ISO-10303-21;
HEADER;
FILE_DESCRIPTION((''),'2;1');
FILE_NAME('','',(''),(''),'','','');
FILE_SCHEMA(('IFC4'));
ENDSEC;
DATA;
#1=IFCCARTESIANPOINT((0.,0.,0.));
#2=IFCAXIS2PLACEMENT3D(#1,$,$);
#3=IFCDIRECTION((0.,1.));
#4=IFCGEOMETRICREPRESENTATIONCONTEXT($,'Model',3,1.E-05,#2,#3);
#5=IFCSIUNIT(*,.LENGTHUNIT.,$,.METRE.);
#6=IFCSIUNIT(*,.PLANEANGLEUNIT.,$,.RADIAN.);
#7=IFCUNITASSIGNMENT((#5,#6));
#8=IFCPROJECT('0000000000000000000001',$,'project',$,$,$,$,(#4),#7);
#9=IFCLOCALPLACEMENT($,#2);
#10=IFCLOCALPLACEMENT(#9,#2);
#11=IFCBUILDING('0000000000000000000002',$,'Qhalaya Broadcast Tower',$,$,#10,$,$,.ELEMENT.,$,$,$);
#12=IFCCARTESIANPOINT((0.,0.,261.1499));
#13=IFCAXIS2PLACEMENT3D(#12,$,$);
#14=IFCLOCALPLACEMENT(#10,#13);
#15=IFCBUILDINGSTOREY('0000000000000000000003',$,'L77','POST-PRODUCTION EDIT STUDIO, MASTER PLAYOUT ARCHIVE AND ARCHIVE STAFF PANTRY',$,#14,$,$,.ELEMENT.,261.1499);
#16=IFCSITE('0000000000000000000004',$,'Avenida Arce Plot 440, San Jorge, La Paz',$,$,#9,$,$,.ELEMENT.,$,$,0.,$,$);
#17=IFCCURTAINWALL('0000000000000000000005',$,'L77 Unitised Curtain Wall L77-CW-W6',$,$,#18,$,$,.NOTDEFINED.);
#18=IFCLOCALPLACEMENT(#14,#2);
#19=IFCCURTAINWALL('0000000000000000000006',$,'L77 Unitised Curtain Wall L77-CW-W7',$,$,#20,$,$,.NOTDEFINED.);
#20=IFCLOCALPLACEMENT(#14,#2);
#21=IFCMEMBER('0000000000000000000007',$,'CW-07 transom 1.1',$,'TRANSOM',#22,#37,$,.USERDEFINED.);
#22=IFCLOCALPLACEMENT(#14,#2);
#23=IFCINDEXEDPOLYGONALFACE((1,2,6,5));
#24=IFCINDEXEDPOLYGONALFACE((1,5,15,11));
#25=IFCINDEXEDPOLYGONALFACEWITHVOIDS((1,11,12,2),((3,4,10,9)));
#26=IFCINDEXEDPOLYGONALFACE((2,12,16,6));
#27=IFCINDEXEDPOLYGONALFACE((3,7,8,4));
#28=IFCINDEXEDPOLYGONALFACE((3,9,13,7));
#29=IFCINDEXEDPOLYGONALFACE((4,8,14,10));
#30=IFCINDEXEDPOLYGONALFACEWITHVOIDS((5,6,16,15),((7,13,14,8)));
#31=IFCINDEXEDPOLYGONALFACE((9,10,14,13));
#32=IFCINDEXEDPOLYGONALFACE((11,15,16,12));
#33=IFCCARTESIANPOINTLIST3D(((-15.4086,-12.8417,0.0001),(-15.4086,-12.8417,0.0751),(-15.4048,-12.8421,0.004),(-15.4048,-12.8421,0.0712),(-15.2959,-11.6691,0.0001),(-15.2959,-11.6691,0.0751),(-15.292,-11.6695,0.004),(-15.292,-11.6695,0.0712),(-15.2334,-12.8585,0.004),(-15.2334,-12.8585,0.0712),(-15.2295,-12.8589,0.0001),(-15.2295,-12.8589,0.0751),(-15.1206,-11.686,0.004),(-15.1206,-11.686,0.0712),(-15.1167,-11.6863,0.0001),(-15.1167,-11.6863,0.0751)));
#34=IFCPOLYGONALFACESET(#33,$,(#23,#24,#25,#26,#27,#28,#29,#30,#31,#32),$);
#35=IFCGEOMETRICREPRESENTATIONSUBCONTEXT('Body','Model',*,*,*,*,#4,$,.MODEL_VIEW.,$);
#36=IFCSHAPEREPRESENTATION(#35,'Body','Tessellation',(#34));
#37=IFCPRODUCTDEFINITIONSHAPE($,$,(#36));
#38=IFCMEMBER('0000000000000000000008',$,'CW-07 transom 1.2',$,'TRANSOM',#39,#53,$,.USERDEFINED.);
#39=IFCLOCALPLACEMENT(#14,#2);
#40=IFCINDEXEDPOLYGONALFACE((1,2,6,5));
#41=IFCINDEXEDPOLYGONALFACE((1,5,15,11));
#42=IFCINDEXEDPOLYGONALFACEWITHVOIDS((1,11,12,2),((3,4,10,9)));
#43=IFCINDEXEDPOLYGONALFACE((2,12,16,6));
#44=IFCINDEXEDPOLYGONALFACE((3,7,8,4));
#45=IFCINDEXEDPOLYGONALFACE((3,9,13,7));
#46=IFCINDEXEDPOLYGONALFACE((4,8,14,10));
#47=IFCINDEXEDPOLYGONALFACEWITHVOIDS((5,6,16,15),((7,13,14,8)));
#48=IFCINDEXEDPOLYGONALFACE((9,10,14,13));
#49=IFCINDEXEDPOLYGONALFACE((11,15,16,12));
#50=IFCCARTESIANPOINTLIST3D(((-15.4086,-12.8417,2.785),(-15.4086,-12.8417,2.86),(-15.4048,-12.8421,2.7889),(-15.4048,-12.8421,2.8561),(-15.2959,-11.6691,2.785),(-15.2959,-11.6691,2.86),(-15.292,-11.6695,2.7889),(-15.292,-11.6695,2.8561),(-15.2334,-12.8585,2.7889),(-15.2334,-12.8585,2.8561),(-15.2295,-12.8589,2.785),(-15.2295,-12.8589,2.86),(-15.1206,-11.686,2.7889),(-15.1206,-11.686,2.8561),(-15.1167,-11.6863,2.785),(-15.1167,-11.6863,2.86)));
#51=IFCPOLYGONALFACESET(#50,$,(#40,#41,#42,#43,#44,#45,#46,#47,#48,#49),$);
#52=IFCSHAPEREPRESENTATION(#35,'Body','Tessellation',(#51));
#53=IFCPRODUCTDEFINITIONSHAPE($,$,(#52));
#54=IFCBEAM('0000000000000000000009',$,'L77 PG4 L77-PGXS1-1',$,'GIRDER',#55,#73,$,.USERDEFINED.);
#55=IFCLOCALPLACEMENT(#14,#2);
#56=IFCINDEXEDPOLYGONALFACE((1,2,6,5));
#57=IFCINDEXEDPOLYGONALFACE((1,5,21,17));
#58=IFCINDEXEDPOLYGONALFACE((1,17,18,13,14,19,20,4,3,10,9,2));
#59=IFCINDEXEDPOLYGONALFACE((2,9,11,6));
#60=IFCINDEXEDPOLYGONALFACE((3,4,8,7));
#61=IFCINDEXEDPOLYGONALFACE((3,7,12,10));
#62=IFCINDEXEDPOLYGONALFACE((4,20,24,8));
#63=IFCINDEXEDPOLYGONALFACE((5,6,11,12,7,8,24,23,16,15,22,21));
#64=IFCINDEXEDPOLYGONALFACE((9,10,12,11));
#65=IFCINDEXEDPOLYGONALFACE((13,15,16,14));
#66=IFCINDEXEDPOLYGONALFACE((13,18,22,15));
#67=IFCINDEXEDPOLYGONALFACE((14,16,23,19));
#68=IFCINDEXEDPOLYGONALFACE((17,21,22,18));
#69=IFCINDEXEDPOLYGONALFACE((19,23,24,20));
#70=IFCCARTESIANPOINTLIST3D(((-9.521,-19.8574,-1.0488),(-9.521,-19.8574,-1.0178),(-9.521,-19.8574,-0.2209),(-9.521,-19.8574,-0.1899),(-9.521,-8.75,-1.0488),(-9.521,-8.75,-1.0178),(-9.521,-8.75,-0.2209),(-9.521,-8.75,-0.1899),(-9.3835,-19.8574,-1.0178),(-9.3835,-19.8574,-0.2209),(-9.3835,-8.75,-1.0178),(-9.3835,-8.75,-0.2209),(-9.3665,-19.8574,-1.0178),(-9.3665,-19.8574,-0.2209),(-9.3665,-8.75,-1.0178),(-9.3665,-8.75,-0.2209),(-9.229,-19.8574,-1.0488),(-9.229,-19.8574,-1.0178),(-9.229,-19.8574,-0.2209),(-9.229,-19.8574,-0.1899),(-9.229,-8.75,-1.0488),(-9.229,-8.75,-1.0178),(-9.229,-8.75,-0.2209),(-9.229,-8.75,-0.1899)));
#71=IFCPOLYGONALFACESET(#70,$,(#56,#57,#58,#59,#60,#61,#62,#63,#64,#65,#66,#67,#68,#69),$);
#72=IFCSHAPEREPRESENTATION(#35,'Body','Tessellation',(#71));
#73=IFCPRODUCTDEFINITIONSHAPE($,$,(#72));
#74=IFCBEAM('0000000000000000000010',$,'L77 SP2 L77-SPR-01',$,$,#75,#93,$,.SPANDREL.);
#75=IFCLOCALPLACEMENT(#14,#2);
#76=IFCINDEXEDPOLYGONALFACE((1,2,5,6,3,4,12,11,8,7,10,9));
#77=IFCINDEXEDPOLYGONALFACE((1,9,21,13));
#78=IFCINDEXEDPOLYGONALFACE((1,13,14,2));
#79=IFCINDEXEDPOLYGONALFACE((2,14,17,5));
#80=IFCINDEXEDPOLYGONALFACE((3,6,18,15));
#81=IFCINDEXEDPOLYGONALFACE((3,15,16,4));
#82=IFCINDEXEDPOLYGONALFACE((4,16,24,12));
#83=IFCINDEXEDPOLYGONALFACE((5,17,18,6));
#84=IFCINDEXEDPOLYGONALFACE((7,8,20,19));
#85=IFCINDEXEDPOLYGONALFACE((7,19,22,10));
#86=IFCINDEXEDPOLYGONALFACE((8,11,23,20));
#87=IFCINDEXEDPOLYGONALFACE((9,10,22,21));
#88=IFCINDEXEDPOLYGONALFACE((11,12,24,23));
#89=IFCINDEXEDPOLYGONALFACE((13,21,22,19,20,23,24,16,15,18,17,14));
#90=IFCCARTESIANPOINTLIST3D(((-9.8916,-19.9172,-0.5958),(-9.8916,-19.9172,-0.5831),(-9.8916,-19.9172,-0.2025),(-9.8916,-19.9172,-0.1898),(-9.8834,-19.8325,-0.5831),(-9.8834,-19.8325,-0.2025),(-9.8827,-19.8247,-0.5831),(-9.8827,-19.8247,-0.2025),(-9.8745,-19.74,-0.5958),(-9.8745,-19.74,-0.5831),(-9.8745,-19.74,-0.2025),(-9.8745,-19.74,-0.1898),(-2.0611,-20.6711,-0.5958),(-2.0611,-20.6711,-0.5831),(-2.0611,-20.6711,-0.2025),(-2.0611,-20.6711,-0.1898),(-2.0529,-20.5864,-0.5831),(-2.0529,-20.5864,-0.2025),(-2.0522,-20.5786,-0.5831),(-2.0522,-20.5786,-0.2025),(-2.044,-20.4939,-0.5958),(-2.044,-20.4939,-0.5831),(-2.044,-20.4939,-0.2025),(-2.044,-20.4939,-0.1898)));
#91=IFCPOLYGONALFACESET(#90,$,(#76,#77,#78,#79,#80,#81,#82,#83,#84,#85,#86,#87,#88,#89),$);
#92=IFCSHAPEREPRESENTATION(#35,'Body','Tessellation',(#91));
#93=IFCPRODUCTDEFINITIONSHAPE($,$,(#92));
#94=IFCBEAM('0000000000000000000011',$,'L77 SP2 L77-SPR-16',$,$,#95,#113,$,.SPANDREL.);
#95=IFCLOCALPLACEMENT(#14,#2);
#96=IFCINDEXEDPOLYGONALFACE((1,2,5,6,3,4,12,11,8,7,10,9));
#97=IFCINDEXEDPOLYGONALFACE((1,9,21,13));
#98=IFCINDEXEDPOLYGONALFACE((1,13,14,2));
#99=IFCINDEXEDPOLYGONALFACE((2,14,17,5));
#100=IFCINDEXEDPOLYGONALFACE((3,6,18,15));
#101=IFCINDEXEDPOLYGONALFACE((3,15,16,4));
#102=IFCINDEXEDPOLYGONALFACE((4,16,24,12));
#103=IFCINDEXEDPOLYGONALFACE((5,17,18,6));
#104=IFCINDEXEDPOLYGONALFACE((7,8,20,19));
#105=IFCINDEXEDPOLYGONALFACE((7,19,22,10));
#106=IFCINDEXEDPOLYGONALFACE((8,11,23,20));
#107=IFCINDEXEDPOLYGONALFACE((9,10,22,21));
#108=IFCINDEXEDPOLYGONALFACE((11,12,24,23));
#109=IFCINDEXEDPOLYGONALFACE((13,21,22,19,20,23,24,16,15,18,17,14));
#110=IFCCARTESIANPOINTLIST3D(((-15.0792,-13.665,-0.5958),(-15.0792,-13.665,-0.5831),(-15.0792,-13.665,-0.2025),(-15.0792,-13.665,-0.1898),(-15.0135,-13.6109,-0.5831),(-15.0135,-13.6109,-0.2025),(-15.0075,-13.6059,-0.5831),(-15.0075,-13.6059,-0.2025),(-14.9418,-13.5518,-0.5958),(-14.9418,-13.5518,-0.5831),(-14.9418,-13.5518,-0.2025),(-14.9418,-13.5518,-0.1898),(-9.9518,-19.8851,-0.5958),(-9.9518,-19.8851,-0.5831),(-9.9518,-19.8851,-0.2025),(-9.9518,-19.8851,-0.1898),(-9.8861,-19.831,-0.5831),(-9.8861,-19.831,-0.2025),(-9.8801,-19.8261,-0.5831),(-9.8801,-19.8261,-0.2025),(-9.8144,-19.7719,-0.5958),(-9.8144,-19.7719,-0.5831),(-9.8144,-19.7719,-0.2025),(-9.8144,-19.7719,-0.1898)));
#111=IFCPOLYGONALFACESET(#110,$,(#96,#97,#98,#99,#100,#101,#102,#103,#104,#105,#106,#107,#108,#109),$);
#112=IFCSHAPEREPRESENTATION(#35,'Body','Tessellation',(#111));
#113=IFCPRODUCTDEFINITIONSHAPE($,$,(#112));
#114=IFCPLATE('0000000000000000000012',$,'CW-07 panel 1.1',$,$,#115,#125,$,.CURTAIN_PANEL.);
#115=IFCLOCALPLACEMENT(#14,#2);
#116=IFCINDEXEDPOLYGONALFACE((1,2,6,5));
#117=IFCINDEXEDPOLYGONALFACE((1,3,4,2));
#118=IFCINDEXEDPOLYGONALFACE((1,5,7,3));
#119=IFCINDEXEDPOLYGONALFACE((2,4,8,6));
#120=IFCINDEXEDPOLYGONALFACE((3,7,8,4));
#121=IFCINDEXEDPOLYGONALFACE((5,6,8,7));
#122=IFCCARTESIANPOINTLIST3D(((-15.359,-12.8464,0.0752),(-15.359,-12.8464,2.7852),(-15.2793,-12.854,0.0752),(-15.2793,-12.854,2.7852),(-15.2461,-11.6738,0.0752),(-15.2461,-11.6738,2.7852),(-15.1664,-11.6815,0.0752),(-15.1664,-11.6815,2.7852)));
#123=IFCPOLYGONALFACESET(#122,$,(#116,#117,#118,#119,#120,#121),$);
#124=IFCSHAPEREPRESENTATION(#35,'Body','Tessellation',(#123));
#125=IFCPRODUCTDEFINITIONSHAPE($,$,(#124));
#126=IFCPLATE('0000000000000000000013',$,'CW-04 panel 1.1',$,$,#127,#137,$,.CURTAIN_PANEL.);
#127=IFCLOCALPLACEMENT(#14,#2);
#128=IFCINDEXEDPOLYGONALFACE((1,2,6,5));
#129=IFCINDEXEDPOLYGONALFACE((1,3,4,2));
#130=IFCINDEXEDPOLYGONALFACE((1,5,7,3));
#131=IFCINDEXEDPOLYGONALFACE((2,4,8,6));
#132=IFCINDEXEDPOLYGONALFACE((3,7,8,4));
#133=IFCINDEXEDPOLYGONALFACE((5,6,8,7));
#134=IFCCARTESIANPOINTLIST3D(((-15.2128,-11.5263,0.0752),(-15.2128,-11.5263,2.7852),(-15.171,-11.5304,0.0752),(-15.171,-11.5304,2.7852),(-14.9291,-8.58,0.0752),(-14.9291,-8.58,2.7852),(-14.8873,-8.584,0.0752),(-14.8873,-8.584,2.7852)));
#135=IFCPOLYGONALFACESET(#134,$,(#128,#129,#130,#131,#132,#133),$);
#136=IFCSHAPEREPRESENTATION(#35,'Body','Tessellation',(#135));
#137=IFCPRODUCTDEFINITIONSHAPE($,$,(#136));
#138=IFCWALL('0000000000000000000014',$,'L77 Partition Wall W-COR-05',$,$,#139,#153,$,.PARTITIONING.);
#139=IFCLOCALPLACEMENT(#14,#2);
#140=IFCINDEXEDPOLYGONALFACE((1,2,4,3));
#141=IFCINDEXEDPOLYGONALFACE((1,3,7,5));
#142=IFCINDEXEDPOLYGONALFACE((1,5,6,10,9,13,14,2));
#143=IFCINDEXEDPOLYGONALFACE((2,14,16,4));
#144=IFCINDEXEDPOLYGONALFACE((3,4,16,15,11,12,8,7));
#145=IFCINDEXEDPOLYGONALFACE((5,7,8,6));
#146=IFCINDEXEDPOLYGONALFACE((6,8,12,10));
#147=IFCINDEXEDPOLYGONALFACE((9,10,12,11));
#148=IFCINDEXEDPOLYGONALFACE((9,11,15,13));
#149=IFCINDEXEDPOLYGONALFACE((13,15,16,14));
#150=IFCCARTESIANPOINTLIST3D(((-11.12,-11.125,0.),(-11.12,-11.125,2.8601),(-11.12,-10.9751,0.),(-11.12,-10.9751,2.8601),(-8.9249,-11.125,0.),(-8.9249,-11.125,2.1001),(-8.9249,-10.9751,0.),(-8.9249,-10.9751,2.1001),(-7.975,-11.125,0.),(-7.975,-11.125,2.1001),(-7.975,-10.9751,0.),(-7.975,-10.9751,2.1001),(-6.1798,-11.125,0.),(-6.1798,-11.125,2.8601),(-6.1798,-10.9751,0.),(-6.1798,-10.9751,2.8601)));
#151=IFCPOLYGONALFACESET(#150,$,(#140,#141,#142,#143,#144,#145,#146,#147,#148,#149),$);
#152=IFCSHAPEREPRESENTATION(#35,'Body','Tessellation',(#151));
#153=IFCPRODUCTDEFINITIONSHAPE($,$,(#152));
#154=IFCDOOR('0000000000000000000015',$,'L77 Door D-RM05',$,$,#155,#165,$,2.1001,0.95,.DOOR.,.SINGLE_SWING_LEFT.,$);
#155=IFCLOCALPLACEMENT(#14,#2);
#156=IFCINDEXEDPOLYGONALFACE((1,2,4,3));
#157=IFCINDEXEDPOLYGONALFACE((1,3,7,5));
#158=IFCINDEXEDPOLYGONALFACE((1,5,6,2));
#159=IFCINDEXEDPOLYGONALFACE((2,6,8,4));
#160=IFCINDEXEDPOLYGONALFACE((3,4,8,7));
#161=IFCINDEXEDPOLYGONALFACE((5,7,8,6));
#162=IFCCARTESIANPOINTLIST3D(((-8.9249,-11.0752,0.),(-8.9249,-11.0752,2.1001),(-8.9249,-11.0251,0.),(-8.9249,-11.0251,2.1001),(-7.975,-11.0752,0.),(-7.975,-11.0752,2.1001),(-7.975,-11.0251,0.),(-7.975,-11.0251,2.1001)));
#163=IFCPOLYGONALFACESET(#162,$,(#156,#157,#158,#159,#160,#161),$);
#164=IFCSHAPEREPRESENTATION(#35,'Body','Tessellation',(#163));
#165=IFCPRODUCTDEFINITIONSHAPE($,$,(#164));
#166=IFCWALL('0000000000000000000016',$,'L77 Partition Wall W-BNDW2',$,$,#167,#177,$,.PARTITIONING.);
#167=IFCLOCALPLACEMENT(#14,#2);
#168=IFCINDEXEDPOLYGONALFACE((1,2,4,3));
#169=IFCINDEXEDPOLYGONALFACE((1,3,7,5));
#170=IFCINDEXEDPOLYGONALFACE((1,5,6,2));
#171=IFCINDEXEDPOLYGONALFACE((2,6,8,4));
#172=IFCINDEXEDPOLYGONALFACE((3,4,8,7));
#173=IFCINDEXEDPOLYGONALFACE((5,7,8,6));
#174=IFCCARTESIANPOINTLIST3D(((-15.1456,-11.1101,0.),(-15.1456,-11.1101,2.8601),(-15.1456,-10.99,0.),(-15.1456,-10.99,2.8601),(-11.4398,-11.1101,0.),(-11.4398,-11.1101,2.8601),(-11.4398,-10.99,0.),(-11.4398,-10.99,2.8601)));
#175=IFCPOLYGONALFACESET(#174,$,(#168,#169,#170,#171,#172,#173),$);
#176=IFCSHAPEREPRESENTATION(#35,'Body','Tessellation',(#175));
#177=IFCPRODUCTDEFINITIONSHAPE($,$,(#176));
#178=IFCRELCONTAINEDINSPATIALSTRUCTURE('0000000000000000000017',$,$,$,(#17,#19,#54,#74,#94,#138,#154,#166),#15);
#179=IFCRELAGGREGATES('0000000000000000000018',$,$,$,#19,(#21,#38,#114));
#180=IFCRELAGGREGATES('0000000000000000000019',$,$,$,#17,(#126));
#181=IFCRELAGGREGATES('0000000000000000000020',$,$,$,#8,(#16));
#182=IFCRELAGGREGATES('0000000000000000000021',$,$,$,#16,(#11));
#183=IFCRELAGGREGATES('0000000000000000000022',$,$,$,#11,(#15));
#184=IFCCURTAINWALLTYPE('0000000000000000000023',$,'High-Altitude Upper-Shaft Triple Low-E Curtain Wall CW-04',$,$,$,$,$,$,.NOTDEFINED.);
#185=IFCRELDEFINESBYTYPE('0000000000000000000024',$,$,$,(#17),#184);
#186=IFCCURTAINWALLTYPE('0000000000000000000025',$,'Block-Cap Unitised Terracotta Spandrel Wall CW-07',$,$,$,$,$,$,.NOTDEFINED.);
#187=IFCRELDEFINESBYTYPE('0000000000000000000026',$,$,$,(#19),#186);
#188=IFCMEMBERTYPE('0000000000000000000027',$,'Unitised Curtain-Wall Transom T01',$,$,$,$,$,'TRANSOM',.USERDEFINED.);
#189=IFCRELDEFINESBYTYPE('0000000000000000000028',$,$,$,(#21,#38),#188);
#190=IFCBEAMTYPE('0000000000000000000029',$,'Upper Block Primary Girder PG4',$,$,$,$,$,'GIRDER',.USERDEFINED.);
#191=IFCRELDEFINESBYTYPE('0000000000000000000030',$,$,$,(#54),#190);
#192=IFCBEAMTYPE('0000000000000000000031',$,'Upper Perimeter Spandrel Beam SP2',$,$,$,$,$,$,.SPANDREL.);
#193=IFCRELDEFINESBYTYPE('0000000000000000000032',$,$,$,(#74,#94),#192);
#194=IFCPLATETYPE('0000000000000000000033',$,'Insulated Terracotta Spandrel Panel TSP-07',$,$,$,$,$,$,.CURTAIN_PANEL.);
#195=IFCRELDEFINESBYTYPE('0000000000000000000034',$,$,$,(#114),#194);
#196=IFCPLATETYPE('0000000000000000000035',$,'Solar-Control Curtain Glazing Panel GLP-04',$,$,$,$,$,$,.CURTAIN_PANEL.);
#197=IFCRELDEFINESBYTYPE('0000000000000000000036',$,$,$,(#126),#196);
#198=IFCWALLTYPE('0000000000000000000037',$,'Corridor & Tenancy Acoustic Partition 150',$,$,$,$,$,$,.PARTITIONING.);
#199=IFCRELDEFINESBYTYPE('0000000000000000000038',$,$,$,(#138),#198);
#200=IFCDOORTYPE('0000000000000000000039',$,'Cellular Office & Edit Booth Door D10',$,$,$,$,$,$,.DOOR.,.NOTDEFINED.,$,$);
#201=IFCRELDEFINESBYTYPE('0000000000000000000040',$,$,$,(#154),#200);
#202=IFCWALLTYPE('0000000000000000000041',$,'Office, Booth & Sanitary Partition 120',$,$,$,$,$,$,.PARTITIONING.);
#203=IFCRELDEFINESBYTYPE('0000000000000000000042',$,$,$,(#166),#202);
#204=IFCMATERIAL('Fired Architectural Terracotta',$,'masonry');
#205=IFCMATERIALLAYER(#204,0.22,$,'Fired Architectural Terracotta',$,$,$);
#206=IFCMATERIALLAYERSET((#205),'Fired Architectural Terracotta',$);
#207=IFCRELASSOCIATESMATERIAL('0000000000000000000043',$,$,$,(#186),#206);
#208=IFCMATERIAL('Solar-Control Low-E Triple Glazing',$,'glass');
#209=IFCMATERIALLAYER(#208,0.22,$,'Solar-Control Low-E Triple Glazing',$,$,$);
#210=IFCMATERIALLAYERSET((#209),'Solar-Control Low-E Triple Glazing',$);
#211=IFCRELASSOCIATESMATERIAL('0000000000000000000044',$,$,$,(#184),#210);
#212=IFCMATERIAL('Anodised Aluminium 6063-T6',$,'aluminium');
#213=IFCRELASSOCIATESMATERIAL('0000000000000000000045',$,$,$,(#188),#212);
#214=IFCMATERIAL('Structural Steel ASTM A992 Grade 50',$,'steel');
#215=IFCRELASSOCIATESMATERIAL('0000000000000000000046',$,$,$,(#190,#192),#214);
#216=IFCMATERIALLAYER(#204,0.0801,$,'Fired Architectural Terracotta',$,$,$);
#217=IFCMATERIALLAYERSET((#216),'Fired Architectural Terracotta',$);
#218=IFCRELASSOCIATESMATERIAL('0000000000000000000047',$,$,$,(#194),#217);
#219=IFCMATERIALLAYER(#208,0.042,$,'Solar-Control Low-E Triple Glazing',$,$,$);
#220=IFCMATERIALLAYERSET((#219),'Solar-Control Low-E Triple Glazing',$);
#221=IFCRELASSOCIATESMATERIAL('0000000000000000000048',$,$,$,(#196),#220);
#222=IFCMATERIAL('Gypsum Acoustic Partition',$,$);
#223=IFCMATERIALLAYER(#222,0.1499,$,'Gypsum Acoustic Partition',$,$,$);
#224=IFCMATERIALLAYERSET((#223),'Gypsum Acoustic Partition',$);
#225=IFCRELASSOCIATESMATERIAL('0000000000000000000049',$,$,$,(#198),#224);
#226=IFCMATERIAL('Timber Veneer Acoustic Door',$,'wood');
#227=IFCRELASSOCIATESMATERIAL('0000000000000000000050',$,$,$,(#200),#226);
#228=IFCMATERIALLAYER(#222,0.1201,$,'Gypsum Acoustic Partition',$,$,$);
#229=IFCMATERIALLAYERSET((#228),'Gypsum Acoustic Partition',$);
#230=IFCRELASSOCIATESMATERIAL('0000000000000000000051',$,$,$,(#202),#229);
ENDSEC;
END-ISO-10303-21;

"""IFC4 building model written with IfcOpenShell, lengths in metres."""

from ifc_helpers import new_model, si_unit, direction, frame, frame_2d, origin, origin_2d, place, context, subcontext, project, spatial, rectangle, hollow_rectangle, i_section, extrude, material, layer, layer_set, material_profile, profile_set, type_object, element, fill, aggregate, save


model = new_model("IFC4")

# Units and contexts
model_context = context("Model", 3, precision=1e-05, world=origin(), true_north=direction((0.0, 1.0)))
body_context = subcontext(model_context, "Body", "Model", "MODEL_VIEW")
ifc_project = project(units=[si_unit("LENGTHUNIT", "METRE"), si_unit("PLANEANGLEUNIT", "RADIAN")], contexts=[model_context])

# Site, building, storey
site_placement = place(None, origin())
site = spatial("IfcSite", under=ifc_project, at=site_placement, Name="Avenida Arce Plot 440, San Jorge, La Paz", CompositionType="ELEMENT", RefElevation=0.0)
building_placement = place(site_placement, origin())
building = spatial("IfcBuilding", under=site, at=building_placement, Name="Qhalaya Broadcast Tower", CompositionType="ELEMENT")
storey_placement = place(building_placement, frame((0.0, 0.0, 261.1499)))
storey = spatial("IfcBuildingStorey", under=building, at=storey_placement, Name="L77", Description="POST-PRODUCTION EDIT STUDIO, MASTER PLAYOUT ARCHIVE AND ARCHIVE STAFF PANTRY", CompositionType="ELEMENT", Elevation=261.1499)

# Shared definitions
ifc_material_1 = material(Name="Structural Steel ASTM A992 Grade 50", Category="steel")

# Curtain wall
ifc_material_2 = material(Name="Fired Architectural Terracotta", Category="masonry")
ifc_layer_1 = layer(ifc_material_2, 0.22, Name="Fired Architectural Terracotta")
ifc_layer_set_1 = layer_set([ifc_layer_1], Name="Fired Architectural Terracotta")
curtain_wall_type_1 = type_object("IfcCurtainWallType", Name="Block-Cap Unitised Terracotta Spandrel Wall CW-07", PredefinedType="NOTDEFINED", material=ifc_layer_set_1)
ifc_material_3 = material(Name="Anodised Aluminium 6063-T6", Category="aluminium")
ifc_material_4 = material(Name="Solar-Control Low-E Triple Glazing", Category="glass")
ifc_layer_2 = layer(ifc_material_4, 0.22, Name="Solar-Control Low-E Triple Glazing")
ifc_layer_set_2 = layer_set([ifc_layer_2], Name="Solar-Control Low-E Triple Glazing")
curtain_wall_type_2 = type_object("IfcCurtainWallType", Name="High-Altitude Upper-Shaft Triple Low-E Curtain Wall CW-04", PredefinedType="NOTDEFINED", material=ifc_layer_set_2)
curtain_wall_1_placement = place(storey_placement, origin())
curtain_wall_1 = element("IfcCurtainWall", 1, at=curtain_wall_1_placement, inside=storey, type_object=curtain_wall_type_2, Name="L77 Unitised Curtain Wall L77-CW-W6", PredefinedType="NOTDEFINED")

# Curtain wall
curtain_wall_2_placement = place(storey_placement, origin())
curtain_wall_2 = element("IfcCurtainWall", 2, at=curtain_wall_2_placement, inside=storey, type_object=curtain_wall_type_1, Name="L77 Unitised Curtain Wall L77-CW-W7", PredefinedType="NOTDEFINED")

# Members
ifc_material_profile_1 = material_profile(ifc_material_3, hollow_rectangle(XDim=0.075, YDim=0.1799, WallThickness=0.0039, at=origin_2d()), Name="ALU-TRN 75x180x4")
ifc_profile_set_1 = profile_set([ifc_material_profile_1], Name="Anodised Aluminium 6063-T6")
member_type_1 = type_object("IfcMemberType", Name="Unitised Curtain-Wall Transom T01", ElementType="TRANSOM", PredefinedType="USERDEFINED", material=ifc_profile_set_1)
member_1_placement = place(storey_placement, frame((-15.2063, -11.6777, 0.0376), z_axis=(-0.095748, -0.995406, 0.0), x_axis=(0.0, 0.0, 1.0)))
member_1 = element("IfcMember", 3, at=member_1_placement, type_object=member_type_1, Name="CW-07 transom 1.1", ObjectType="TRANSOM", PredefinedType="USERDEFINED", context=body_context, shape_type="SweptSolid", body=[
    extrude(hollow_rectangle(XDim=0.075, YDim=0.1799, WallThickness=0.0039, at=origin_2d()), origin(), (0.0, 0.0, 1.0), 1.178),
])
member_2_placement = place(storey_placement, frame((-15.2063, -11.6777, 2.8225), z_axis=(-0.095748, -0.995406, 0.0), x_axis=(0.0, 0.0, 1.0)))
member_2 = element("IfcMember", 4, at=member_2_placement, type_object=member_type_1, Name="CW-07 transom 1.2", ObjectType="TRANSOM", PredefinedType="USERDEFINED", context=body_context, shape_type="SweptSolid", body=[
    extrude(hollow_rectangle(XDim=0.075, YDim=0.1799, WallThickness=0.0039, at=origin_2d()), origin(), (0.0, 0.0, 1.0), 1.178),
])

# Beams
ifc_material_profile_2 = material_profile(ifc_material_1, i_section(OverallWidth=0.292, OverallDepth=0.8589, WebThickness=0.0171, FlangeThickness=0.031, at=origin_2d()), Name="W33X169")
ifc_profile_set_2 = profile_set([ifc_material_profile_2], Name="Structural Steel ASTM A992 Grade 50")
beam_type_1 = type_object("IfcBeamType", Name="Upper Block Primary Girder PG4", ElementType="GIRDER", PredefinedType="USERDEFINED", material=ifc_profile_set_2)
beam_1_placement = place(storey_placement, frame((-9.375, -19.8574, -0.6194), z_axis=(0.0, 1.0, 0.0), x_axis=(-1.0, 0.0, 0.0)))
element("IfcBeam", 5, at=beam_1_placement, inside=storey, type_object=beam_type_1, Name="L77 PG4 L77-PGXS1-1", ObjectType="GIRDER", PredefinedType="USERDEFINED", context=body_context, shape_type="SweptSolid", body=[
    extrude(i_section(OverallWidth=0.292, OverallDepth=0.8589, WebThickness=0.0171, FlangeThickness=0.031, at=origin_2d()), origin(), (0.0, 0.0, 1.0), 11.1074),
])
ifc_material_profile_3 = material_profile(ifc_material_1, i_section(OverallWidth=0.178, OverallDepth=0.406, WebThickness=0.0078, FlangeThickness=0.0127, at=origin_2d()), Name="W16X40")
ifc_profile_set_3 = profile_set([ifc_material_profile_3], Name="Structural Steel ASTM A992 Grade 50")
beam_type_2 = type_object("IfcBeamType", Name="Upper Perimeter Spandrel Beam SP2", PredefinedType="SPANDREL", material=ifc_profile_set_3)
beam_2_placement = place(storey_placement, frame((-9.8831, -19.8286, -0.3928), z_axis=(0.995397, -0.095834, 0.0), x_axis=(0.095834, 0.995397, 0.0)))
element("IfcBeam", 6, at=beam_2_placement, inside=storey, type_object=beam_type_2, Name="L77 SP2 L77-SPR-01", PredefinedType="SPANDREL", context=body_context, shape_type="SweptSolid", body=[
    extrude(i_section(OverallWidth=0.178, OverallDepth=0.406, WebThickness=0.0078, FlangeThickness=0.0127, at=origin_2d()), origin(), (0.0, 0.0, 1.0), 7.8667),
])
beam_3_placement = place(storey_placement, frame((-15.0105, -13.6084, -0.3928), z_axis=(0.63607, -0.771631, 0.0), x_axis=(0.771631, 0.63607, 0.0)))
element("IfcBeam", 7, at=beam_3_placement, inside=storey, type_object=beam_type_2, Name="L77 SP2 L77-SPR-16", PredefinedType="SPANDREL", context=body_context, shape_type="SweptSolid", body=[
    extrude(i_section(OverallWidth=0.178, OverallDepth=0.406, WebThickness=0.0078, FlangeThickness=0.0127, at=origin_2d()), origin(), (0.0, 0.0, 1.0), 8.061),
])

# Plates
ifc_layer_3 = layer(ifc_material_2, 0.0801, Name="Fired Architectural Terracotta")
ifc_layer_set_3 = layer_set([ifc_layer_3], Name="Fired Architectural Terracotta")
plate_type_1 = type_object("IfcPlateType", Name="Insulated Terracotta Spandrel Panel TSP-07", PredefinedType="CURTAIN_PANEL", material=ifc_layer_set_3)
plate_1_placement = place(storey_placement, frame((-15.2627, -12.2639, 0.0752), z_axis=(0.0, 0.0, 1.0), x_axis=(-0.095857, -0.995395, 0.0)))
plate_1 = element("IfcPlate", 8, at=plate_1_placement, type_object=plate_type_1, Name="CW-07 panel 1.1", PredefinedType="CURTAIN_PANEL", context=body_context, shape_type="SweptSolid", body=[
    extrude(rectangle(XDim=1.178, YDim=0.0801, at=origin_2d()), origin(), (0.0, 0.0, 1.0), 2.71),
])
aggregate(curtain_wall_2, [member_1, member_2, plate_1])
ifc_layer_4 = layer(ifc_material_4, 0.042, Name="Solar-Control Low-E Triple Glazing")
ifc_layer_set_4 = layer_set([ifc_layer_4], Name="Solar-Control Low-E Triple Glazing")
plate_type_2 = type_object("IfcPlateType", Name="Solar-Control Curtain Glazing Panel GLP-04", PredefinedType="CURTAIN_PANEL", material=ifc_layer_set_4)
plate_2_placement = place(storey_placement, frame((-15.05, -10.0552, 0.0752), z_axis=(0.0, 0.0, 1.0), x_axis=(-0.095855, -0.995395, 0.0)))
plate_2 = element("IfcPlate", 9, at=plate_2_placement, type_object=plate_type_2, Name="CW-04 panel 1.1", PredefinedType="CURTAIN_PANEL", context=body_context, shape_type="SweptSolid", body=[
    extrude(rectangle(XDim=2.96, YDim=0.042, at=origin_2d()), origin(), (0.0, 0.0, 1.0), 2.71),
])
aggregate(curtain_wall_1, [plate_2])

# Wall, opening, door
ifc_material_5 = material(Name="Gypsum Acoustic Partition")
ifc_layer_5 = layer(ifc_material_5, 0.1499, Name="Gypsum Acoustic Partition")
ifc_layer_set_5 = layer_set([ifc_layer_5], Name="Gypsum Acoustic Partition")
wall_type_1 = type_object("IfcWallType", Name="Corridor & Tenancy Acoustic Partition 150", PredefinedType="PARTITIONING", material=ifc_layer_set_5)
wall_1_placement = place(storey_placement, frame((-11.1201, -11.05, 0.0), z_axis=(0.0, 0.0, 1.0), x_axis=(1.0, 0.0, 0.0)))
wall_1 = element("IfcWall", 10, at=wall_1_placement, inside=storey, type_object=wall_type_1, Name="L77 Partition Wall W-COR-05", PredefinedType="PARTITIONING", context=body_context, shape_type="SweptSolid", body=[
    extrude(rectangle(XDim=4.9402, YDim=0.1499, at=frame_2d((2.4702, 0.0))), origin(), (0.0, 0.0, 1.0), 2.8601),
])
opening_placement = place(wall_1_placement, frame((2.1951, 0.0, 0.0)))
opening = element("IfcOpeningElement", 11, at=opening_placement, cuts=wall_1, PredefinedType="OPENING", context=body_context, shape_type="SweptSolid", body=[
    extrude(rectangle(XDim=0.95, YDim=2.1001, at=frame_2d((0.4751, 1.05))), frame((0.0, 0.0869, 0.0), z_axis=(0.0, -1.0, 0.0), x_axis=(1.0, 0.0, 0.0)), (0.0, 0.0, 1.0), 0.1738),
])
ifc_material_6 = material(Name="Timber Veneer Acoustic Door", Category="wood")
door_type = type_object("IfcDoorType", Name="Cellular Office & Edit Booth Door D10", OperationType="NOTDEFINED", PredefinedType="DOOR", material=ifc_material_6)
door_placement = place(opening_placement, origin())
door = element("IfcDoor", 12, at=door_placement, inside=storey, type_object=door_type, Name="L77 Door D-RM05", OperationType="SINGLE_SWING_LEFT", OverallHeight=2.1001, OverallWidth=0.95, PredefinedType="DOOR", context=body_context, shape_type="SweptSolid", body=[
    extrude(rectangle(XDim=0.95, YDim=2.1001, at=frame_2d((0.4751, 1.05))), frame((0.0, 0.0249, 0.0), z_axis=(0.0, -1.0, 0.0), x_axis=(1.0, 0.0, 0.0)), (0.0, 0.0, 1.0), 0.05),
])
fill(opening, door)

# Wall
ifc_layer_6 = layer(ifc_material_5, 0.1201, Name="Gypsum Acoustic Partition")
ifc_layer_set_6 = layer_set([ifc_layer_6], Name="Gypsum Acoustic Partition")
wall_type_2 = type_object("IfcWallType", Name="Office, Booth & Sanitary Partition 120", PredefinedType="PARTITIONING", material=ifc_layer_set_6)
wall_2_placement = place(storey_placement, frame((-15.1458, -11.05, 0.0), z_axis=(0.0, 0.0, 1.0), x_axis=(1.0, 0.0, 0.0)))
element("IfcWall", 13, at=wall_2_placement, inside=storey, type_object=wall_type_2, Name="L77 Partition Wall W-BNDW2", PredefinedType="PARTITIONING", context=body_context, shape_type="SweptSolid", body=[
    extrude(rectangle(XDim=3.7058, YDim=0.1201, at=frame_2d((1.853, 0.0))), origin(), (0.0, 0.0, 1.0), 2.8601),
])

save(model, "model.ifc")
